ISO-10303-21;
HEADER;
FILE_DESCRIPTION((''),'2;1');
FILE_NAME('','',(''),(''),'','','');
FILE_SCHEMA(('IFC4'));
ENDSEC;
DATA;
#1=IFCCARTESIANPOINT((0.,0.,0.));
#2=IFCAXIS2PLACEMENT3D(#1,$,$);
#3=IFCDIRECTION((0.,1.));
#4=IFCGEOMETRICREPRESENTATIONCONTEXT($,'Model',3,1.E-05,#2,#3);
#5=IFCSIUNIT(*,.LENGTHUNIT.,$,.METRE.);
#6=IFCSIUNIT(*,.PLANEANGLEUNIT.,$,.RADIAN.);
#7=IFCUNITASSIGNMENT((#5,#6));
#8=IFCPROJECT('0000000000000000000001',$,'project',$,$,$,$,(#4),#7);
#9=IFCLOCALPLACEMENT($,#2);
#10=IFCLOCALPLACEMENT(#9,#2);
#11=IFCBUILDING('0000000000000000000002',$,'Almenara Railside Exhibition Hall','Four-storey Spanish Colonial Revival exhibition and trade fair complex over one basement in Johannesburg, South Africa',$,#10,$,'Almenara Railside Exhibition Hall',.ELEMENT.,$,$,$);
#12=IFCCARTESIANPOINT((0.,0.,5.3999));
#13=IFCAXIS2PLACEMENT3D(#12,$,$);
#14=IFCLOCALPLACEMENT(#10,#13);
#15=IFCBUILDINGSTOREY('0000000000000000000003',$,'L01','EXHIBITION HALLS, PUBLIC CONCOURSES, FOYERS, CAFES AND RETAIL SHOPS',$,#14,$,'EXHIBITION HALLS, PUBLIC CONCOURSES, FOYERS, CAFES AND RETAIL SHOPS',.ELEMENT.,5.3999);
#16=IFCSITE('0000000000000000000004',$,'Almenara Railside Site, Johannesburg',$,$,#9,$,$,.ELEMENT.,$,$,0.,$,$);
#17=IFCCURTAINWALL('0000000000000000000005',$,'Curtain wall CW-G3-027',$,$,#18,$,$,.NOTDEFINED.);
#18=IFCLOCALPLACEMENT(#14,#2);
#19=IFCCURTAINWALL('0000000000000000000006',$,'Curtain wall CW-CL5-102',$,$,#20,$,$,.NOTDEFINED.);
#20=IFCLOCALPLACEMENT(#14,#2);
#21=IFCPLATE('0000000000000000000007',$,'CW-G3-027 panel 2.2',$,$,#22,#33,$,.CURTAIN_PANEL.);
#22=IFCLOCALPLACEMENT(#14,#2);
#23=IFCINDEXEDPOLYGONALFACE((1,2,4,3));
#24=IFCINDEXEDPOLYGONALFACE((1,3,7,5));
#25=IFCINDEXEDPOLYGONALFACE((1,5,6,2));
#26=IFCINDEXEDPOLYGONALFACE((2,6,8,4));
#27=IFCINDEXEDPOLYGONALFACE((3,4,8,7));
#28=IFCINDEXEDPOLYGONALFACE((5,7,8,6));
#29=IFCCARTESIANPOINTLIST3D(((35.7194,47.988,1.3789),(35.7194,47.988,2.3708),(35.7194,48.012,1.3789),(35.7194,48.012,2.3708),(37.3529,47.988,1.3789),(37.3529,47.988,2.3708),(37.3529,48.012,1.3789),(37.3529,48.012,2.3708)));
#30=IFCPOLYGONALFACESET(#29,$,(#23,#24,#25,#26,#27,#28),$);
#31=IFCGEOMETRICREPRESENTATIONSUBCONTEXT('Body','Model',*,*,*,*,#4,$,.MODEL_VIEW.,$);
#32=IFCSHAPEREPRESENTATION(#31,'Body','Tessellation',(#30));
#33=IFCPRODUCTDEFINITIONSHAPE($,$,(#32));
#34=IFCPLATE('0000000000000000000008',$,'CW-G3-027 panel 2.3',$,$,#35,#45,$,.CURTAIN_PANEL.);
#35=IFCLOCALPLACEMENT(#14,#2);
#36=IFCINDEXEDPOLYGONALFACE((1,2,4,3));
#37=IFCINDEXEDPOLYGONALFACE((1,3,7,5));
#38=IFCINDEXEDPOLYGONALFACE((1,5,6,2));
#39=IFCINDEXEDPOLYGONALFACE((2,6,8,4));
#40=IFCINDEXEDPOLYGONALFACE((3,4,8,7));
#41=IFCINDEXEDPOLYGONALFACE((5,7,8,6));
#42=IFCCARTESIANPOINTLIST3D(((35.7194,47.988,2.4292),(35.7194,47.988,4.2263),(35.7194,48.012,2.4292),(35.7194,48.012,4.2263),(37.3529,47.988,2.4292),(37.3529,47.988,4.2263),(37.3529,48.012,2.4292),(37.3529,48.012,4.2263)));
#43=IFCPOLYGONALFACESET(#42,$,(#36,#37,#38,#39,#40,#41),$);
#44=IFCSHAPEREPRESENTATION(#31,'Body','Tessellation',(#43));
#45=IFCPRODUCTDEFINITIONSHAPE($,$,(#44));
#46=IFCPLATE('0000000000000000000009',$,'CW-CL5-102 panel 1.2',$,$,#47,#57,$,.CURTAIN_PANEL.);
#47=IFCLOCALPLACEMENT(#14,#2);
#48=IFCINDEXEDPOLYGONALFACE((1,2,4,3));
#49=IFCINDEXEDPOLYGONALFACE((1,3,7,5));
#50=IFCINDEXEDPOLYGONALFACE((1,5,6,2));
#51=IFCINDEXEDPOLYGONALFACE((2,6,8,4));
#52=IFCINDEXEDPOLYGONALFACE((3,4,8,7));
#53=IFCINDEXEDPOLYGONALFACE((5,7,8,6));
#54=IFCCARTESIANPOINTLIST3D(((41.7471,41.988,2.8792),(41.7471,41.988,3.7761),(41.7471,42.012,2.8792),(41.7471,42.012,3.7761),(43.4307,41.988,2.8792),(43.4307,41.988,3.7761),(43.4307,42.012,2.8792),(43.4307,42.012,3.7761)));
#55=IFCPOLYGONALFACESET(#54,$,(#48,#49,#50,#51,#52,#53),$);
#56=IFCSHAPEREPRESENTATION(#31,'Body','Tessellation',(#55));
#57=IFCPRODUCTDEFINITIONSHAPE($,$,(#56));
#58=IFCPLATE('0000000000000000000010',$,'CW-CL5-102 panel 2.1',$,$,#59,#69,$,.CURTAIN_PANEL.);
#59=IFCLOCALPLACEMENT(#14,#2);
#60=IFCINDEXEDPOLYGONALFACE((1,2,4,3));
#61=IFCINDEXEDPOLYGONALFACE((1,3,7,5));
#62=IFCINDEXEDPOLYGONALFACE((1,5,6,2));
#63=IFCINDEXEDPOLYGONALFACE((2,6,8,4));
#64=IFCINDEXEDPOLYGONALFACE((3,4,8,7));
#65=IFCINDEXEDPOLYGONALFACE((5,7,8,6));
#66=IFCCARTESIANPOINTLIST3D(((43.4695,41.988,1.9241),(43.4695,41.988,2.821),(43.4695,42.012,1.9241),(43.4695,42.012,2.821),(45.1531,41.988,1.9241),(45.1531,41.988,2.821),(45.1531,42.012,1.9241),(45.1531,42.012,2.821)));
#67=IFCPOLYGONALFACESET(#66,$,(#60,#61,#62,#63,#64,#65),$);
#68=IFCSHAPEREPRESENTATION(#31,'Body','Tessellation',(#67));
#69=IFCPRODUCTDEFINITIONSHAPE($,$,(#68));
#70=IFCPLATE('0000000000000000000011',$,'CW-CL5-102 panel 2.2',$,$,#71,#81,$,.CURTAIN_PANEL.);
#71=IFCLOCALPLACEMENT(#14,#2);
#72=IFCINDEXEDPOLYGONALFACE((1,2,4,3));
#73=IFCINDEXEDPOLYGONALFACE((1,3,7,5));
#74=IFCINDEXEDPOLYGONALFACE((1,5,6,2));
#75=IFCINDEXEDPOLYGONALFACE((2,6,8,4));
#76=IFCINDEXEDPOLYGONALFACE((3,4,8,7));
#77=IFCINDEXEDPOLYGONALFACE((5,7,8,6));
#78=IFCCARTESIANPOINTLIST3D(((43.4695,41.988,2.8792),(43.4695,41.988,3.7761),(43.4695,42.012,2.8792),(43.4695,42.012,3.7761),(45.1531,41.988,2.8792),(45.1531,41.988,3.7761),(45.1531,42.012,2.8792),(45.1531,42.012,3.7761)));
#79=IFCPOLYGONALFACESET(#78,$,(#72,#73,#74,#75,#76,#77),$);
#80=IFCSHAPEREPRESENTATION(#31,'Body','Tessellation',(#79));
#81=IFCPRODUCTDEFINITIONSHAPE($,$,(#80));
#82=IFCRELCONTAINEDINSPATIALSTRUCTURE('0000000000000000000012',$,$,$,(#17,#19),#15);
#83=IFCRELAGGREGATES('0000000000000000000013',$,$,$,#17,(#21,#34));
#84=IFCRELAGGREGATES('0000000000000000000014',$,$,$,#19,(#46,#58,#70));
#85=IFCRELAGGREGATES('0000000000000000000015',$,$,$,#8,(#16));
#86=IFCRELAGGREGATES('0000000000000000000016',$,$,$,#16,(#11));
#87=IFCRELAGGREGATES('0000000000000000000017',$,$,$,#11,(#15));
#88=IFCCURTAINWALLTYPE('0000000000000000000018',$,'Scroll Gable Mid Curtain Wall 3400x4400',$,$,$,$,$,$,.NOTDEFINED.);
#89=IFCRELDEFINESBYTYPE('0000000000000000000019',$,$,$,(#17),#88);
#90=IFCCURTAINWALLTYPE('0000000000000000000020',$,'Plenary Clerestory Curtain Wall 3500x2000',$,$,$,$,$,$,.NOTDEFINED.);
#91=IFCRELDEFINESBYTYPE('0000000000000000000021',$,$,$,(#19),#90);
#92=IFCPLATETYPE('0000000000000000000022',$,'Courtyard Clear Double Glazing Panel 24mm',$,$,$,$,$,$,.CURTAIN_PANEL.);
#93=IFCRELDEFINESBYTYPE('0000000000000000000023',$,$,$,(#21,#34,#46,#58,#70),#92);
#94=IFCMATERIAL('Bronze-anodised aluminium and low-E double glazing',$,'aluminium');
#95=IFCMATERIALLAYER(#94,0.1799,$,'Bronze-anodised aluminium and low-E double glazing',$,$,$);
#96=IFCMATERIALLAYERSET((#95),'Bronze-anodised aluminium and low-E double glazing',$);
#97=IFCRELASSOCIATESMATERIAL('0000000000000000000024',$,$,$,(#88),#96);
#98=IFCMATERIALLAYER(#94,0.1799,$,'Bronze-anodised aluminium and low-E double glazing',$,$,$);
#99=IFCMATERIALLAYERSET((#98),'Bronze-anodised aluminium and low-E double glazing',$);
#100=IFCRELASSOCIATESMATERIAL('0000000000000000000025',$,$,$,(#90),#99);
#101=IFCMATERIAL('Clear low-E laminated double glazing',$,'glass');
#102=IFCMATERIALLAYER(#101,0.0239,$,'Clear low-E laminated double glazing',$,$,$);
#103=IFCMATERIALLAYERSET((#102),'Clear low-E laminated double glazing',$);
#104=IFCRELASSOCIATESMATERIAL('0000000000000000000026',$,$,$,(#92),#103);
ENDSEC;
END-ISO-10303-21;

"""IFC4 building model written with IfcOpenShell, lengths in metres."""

from ifc_helpers import new_model, si_unit, direction, frame, origin, origin_2d, place, context, subcontext, project, spatial, rectangle, extrude, material, layer, layer_set, type_object, element, aggregate, save


model = new_model("IFC4")

# Units and contexts
model_context = context("Model", 3, precision=1e-05, world=origin(), true_north=direction((0.0, 1.0)))
body_context = subcontext(model_context, "Body", "Model", "MODEL_VIEW")
ifc_project = project(units=[si_unit("LENGTHUNIT", "METRE"), si_unit("PLANEANGLEUNIT", "RADIAN")], contexts=[model_context])

# Site, building, storey
site_placement = place(None, origin())
site = spatial("IfcSite", under=ifc_project, at=site_placement, Name="Almenara Railside Site, Johannesburg", CompositionType="ELEMENT", RefElevation=0.0)
building_placement = place(site_placement, origin())
building = spatial("IfcBuilding", under=site, at=building_placement, Name="Almenara Railside Exhibition Hall", Description="Four-storey Spanish Colonial Revival exhibition and trade fair complex over one basement in Johannesburg, South Africa", LongName="Almenara Railside Exhibition Hall", CompositionType="ELEMENT")
storey_placement = place(building_placement, frame((0.0, 0.0, 5.3999)))
storey = spatial("IfcBuildingStorey", under=building, at=storey_placement, Name="L01", Description="EXHIBITION HALLS, PUBLIC CONCOURSES, FOYERS, CAFES AND RETAIL SHOPS", LongName="EXHIBITION HALLS, PUBLIC CONCOURSES, FOYERS, CAFES AND RETAIL SHOPS", CompositionType="ELEMENT", Elevation=5.3999)

# Curtain wall
ifc_material_1 = material(Name="Bronze-anodised aluminium and low-E double glazing", Category="aluminium")
ifc_layer_1 = layer(ifc_material_1, 0.1799, Name="Bronze-anodised aluminium and low-E double glazing")
ifc_layer_set_1 = layer_set([ifc_layer_1], Name="Bronze-anodised aluminium and low-E double glazing")
curtain_wall_type_1 = type_object("IfcCurtainWallType", Name="Scroll Gable Mid Curtain Wall 3400x4400", PredefinedType="NOTDEFINED", material=ifc_layer_set_1)
curtain_wall_1_placement = place(storey_placement, origin())
curtain_wall_1 = element("IfcCurtainWall", 1, at=curtain_wall_1_placement, inside=storey, type_object=curtain_wall_type_1, Name="Curtain wall CW-G3-027", PredefinedType="NOTDEFINED")

# Curtain wall
ifc_layer_2 = layer(ifc_material_1, 0.1799, Name="Bronze-anodised aluminium and low-E double glazing")
ifc_layer_set_2 = layer_set([ifc_layer_2], Name="Bronze-anodised aluminium and low-E double glazing")
curtain_wall_type_2 = type_object("IfcCurtainWallType", Name="Plenary Clerestory Curtain Wall 3500x2000", PredefinedType="NOTDEFINED", material=ifc_layer_set_2)
curtain_wall_2_placement = place(storey_placement, origin())
curtain_wall_2 = element("IfcCurtainWall", 2, at=curtain_wall_2_placement, inside=storey, type_object=curtain_wall_type_2, Name="Curtain wall CW-CL5-102", PredefinedType="NOTDEFINED")

# Plates
ifc_material_2 = material(Name="Clear low-E laminated double glazing", Category="glass")
ifc_layer_3 = layer(ifc_material_2, 0.0239, Name="Clear low-E laminated double glazing")
ifc_layer_set_3 = layer_set([ifc_layer_3], Name="Clear low-E laminated double glazing")
plate_type = type_object("IfcPlateType", Name="Courtyard Clear Double Glazing Panel 24mm", PredefinedType="CURTAIN_PANEL", material=ifc_layer_set_3)
plate_1_placement = place(storey_placement, frame((36.5361, 48.0, 1.3789), z_axis=(0.0, 0.0, 1.0), x_axis=(1.0, 0.0, 0.0)))
plate_1 = element("IfcPlate", 3, at=plate_1_placement, type_object=plate_type, Name="CW-G3-027 panel 2.2", PredefinedType="CURTAIN_PANEL", context=body_context, shape_type="SweptSolid", body=[
    extrude(rectangle(XDim=1.6335, YDim=0.0239, at=origin_2d()), origin(), (0.0, 0.0, 1.0), 0.9919),
])
plate_2_placement = place(storey_placement, frame((36.5361, 48.0, 2.4292), z_axis=(0.0, 0.0, 1.0), x_axis=(1.0, 0.0, 0.0)))
plate_2 = element("IfcPlate", 4, at=plate_2_placement, type_object=plate_type, Name="CW-G3-027 panel 2.3", PredefinedType="CURTAIN_PANEL", context=body_context, shape_type="SweptSolid", body=[
    extrude(rectangle(XDim=1.6335, YDim=0.0239, at=origin_2d()), origin(), (0.0, 0.0, 1.0), 1.7971),
])
aggregate(curtain_wall_1, [plate_1, plate_2])
plate_3_placement = place(storey_placement, frame((42.5889, 42.0, 2.8792), z_axis=(0.0, 0.0, 1.0), x_axis=(1.0, 0.0, 0.0)))
plate_3 = element("IfcPlate", 5, at=plate_3_placement, type_object=plate_type, Name="CW-CL5-102 panel 1.2", PredefinedType="CURTAIN_PANEL", context=body_context, shape_type="SweptSolid", body=[
    extrude(rectangle(XDim=1.6836, YDim=0.0239, at=origin_2d()), origin(), (0.0, 0.0, 1.0), 0.897),
])
plate_4_placement = place(storey_placement, frame((44.3113, 42.0, 1.9241), z_axis=(0.0, 0.0, 1.0), x_axis=(1.0, 0.0, 0.0)))
plate_4 = element("IfcPlate", 6, at=plate_4_placement, type_object=plate_type, Name="CW-CL5-102 panel 2.1", PredefinedType="CURTAIN_PANEL", context=body_context, shape_type="SweptSolid", body=[
    extrude(rectangle(XDim=1.6836, YDim=0.0239, at=origin_2d()), origin(), (0.0, 0.0, 1.0), 0.897),
])
plate_5_placement = place(storey_placement, frame((44.3113, 42.0, 2.8792), z_axis=(0.0, 0.0, 1.0), x_axis=(1.0, 0.0, 0.0)))
plate_5 = element("IfcPlate", 7, at=plate_5_placement, type_object=plate_type, Name="CW-CL5-102 panel 2.2", PredefinedType="CURTAIN_PANEL", context=body_context, shape_type="SweptSolid", body=[
    extrude(rectangle(XDim=1.6836, YDim=0.0239, at=origin_2d()), origin(), (0.0, 0.0, 1.0), 0.897),
])
aggregate(curtain_wall_2, [plate_3, plate_4, plate_5])

save(model, "model.ifc")
